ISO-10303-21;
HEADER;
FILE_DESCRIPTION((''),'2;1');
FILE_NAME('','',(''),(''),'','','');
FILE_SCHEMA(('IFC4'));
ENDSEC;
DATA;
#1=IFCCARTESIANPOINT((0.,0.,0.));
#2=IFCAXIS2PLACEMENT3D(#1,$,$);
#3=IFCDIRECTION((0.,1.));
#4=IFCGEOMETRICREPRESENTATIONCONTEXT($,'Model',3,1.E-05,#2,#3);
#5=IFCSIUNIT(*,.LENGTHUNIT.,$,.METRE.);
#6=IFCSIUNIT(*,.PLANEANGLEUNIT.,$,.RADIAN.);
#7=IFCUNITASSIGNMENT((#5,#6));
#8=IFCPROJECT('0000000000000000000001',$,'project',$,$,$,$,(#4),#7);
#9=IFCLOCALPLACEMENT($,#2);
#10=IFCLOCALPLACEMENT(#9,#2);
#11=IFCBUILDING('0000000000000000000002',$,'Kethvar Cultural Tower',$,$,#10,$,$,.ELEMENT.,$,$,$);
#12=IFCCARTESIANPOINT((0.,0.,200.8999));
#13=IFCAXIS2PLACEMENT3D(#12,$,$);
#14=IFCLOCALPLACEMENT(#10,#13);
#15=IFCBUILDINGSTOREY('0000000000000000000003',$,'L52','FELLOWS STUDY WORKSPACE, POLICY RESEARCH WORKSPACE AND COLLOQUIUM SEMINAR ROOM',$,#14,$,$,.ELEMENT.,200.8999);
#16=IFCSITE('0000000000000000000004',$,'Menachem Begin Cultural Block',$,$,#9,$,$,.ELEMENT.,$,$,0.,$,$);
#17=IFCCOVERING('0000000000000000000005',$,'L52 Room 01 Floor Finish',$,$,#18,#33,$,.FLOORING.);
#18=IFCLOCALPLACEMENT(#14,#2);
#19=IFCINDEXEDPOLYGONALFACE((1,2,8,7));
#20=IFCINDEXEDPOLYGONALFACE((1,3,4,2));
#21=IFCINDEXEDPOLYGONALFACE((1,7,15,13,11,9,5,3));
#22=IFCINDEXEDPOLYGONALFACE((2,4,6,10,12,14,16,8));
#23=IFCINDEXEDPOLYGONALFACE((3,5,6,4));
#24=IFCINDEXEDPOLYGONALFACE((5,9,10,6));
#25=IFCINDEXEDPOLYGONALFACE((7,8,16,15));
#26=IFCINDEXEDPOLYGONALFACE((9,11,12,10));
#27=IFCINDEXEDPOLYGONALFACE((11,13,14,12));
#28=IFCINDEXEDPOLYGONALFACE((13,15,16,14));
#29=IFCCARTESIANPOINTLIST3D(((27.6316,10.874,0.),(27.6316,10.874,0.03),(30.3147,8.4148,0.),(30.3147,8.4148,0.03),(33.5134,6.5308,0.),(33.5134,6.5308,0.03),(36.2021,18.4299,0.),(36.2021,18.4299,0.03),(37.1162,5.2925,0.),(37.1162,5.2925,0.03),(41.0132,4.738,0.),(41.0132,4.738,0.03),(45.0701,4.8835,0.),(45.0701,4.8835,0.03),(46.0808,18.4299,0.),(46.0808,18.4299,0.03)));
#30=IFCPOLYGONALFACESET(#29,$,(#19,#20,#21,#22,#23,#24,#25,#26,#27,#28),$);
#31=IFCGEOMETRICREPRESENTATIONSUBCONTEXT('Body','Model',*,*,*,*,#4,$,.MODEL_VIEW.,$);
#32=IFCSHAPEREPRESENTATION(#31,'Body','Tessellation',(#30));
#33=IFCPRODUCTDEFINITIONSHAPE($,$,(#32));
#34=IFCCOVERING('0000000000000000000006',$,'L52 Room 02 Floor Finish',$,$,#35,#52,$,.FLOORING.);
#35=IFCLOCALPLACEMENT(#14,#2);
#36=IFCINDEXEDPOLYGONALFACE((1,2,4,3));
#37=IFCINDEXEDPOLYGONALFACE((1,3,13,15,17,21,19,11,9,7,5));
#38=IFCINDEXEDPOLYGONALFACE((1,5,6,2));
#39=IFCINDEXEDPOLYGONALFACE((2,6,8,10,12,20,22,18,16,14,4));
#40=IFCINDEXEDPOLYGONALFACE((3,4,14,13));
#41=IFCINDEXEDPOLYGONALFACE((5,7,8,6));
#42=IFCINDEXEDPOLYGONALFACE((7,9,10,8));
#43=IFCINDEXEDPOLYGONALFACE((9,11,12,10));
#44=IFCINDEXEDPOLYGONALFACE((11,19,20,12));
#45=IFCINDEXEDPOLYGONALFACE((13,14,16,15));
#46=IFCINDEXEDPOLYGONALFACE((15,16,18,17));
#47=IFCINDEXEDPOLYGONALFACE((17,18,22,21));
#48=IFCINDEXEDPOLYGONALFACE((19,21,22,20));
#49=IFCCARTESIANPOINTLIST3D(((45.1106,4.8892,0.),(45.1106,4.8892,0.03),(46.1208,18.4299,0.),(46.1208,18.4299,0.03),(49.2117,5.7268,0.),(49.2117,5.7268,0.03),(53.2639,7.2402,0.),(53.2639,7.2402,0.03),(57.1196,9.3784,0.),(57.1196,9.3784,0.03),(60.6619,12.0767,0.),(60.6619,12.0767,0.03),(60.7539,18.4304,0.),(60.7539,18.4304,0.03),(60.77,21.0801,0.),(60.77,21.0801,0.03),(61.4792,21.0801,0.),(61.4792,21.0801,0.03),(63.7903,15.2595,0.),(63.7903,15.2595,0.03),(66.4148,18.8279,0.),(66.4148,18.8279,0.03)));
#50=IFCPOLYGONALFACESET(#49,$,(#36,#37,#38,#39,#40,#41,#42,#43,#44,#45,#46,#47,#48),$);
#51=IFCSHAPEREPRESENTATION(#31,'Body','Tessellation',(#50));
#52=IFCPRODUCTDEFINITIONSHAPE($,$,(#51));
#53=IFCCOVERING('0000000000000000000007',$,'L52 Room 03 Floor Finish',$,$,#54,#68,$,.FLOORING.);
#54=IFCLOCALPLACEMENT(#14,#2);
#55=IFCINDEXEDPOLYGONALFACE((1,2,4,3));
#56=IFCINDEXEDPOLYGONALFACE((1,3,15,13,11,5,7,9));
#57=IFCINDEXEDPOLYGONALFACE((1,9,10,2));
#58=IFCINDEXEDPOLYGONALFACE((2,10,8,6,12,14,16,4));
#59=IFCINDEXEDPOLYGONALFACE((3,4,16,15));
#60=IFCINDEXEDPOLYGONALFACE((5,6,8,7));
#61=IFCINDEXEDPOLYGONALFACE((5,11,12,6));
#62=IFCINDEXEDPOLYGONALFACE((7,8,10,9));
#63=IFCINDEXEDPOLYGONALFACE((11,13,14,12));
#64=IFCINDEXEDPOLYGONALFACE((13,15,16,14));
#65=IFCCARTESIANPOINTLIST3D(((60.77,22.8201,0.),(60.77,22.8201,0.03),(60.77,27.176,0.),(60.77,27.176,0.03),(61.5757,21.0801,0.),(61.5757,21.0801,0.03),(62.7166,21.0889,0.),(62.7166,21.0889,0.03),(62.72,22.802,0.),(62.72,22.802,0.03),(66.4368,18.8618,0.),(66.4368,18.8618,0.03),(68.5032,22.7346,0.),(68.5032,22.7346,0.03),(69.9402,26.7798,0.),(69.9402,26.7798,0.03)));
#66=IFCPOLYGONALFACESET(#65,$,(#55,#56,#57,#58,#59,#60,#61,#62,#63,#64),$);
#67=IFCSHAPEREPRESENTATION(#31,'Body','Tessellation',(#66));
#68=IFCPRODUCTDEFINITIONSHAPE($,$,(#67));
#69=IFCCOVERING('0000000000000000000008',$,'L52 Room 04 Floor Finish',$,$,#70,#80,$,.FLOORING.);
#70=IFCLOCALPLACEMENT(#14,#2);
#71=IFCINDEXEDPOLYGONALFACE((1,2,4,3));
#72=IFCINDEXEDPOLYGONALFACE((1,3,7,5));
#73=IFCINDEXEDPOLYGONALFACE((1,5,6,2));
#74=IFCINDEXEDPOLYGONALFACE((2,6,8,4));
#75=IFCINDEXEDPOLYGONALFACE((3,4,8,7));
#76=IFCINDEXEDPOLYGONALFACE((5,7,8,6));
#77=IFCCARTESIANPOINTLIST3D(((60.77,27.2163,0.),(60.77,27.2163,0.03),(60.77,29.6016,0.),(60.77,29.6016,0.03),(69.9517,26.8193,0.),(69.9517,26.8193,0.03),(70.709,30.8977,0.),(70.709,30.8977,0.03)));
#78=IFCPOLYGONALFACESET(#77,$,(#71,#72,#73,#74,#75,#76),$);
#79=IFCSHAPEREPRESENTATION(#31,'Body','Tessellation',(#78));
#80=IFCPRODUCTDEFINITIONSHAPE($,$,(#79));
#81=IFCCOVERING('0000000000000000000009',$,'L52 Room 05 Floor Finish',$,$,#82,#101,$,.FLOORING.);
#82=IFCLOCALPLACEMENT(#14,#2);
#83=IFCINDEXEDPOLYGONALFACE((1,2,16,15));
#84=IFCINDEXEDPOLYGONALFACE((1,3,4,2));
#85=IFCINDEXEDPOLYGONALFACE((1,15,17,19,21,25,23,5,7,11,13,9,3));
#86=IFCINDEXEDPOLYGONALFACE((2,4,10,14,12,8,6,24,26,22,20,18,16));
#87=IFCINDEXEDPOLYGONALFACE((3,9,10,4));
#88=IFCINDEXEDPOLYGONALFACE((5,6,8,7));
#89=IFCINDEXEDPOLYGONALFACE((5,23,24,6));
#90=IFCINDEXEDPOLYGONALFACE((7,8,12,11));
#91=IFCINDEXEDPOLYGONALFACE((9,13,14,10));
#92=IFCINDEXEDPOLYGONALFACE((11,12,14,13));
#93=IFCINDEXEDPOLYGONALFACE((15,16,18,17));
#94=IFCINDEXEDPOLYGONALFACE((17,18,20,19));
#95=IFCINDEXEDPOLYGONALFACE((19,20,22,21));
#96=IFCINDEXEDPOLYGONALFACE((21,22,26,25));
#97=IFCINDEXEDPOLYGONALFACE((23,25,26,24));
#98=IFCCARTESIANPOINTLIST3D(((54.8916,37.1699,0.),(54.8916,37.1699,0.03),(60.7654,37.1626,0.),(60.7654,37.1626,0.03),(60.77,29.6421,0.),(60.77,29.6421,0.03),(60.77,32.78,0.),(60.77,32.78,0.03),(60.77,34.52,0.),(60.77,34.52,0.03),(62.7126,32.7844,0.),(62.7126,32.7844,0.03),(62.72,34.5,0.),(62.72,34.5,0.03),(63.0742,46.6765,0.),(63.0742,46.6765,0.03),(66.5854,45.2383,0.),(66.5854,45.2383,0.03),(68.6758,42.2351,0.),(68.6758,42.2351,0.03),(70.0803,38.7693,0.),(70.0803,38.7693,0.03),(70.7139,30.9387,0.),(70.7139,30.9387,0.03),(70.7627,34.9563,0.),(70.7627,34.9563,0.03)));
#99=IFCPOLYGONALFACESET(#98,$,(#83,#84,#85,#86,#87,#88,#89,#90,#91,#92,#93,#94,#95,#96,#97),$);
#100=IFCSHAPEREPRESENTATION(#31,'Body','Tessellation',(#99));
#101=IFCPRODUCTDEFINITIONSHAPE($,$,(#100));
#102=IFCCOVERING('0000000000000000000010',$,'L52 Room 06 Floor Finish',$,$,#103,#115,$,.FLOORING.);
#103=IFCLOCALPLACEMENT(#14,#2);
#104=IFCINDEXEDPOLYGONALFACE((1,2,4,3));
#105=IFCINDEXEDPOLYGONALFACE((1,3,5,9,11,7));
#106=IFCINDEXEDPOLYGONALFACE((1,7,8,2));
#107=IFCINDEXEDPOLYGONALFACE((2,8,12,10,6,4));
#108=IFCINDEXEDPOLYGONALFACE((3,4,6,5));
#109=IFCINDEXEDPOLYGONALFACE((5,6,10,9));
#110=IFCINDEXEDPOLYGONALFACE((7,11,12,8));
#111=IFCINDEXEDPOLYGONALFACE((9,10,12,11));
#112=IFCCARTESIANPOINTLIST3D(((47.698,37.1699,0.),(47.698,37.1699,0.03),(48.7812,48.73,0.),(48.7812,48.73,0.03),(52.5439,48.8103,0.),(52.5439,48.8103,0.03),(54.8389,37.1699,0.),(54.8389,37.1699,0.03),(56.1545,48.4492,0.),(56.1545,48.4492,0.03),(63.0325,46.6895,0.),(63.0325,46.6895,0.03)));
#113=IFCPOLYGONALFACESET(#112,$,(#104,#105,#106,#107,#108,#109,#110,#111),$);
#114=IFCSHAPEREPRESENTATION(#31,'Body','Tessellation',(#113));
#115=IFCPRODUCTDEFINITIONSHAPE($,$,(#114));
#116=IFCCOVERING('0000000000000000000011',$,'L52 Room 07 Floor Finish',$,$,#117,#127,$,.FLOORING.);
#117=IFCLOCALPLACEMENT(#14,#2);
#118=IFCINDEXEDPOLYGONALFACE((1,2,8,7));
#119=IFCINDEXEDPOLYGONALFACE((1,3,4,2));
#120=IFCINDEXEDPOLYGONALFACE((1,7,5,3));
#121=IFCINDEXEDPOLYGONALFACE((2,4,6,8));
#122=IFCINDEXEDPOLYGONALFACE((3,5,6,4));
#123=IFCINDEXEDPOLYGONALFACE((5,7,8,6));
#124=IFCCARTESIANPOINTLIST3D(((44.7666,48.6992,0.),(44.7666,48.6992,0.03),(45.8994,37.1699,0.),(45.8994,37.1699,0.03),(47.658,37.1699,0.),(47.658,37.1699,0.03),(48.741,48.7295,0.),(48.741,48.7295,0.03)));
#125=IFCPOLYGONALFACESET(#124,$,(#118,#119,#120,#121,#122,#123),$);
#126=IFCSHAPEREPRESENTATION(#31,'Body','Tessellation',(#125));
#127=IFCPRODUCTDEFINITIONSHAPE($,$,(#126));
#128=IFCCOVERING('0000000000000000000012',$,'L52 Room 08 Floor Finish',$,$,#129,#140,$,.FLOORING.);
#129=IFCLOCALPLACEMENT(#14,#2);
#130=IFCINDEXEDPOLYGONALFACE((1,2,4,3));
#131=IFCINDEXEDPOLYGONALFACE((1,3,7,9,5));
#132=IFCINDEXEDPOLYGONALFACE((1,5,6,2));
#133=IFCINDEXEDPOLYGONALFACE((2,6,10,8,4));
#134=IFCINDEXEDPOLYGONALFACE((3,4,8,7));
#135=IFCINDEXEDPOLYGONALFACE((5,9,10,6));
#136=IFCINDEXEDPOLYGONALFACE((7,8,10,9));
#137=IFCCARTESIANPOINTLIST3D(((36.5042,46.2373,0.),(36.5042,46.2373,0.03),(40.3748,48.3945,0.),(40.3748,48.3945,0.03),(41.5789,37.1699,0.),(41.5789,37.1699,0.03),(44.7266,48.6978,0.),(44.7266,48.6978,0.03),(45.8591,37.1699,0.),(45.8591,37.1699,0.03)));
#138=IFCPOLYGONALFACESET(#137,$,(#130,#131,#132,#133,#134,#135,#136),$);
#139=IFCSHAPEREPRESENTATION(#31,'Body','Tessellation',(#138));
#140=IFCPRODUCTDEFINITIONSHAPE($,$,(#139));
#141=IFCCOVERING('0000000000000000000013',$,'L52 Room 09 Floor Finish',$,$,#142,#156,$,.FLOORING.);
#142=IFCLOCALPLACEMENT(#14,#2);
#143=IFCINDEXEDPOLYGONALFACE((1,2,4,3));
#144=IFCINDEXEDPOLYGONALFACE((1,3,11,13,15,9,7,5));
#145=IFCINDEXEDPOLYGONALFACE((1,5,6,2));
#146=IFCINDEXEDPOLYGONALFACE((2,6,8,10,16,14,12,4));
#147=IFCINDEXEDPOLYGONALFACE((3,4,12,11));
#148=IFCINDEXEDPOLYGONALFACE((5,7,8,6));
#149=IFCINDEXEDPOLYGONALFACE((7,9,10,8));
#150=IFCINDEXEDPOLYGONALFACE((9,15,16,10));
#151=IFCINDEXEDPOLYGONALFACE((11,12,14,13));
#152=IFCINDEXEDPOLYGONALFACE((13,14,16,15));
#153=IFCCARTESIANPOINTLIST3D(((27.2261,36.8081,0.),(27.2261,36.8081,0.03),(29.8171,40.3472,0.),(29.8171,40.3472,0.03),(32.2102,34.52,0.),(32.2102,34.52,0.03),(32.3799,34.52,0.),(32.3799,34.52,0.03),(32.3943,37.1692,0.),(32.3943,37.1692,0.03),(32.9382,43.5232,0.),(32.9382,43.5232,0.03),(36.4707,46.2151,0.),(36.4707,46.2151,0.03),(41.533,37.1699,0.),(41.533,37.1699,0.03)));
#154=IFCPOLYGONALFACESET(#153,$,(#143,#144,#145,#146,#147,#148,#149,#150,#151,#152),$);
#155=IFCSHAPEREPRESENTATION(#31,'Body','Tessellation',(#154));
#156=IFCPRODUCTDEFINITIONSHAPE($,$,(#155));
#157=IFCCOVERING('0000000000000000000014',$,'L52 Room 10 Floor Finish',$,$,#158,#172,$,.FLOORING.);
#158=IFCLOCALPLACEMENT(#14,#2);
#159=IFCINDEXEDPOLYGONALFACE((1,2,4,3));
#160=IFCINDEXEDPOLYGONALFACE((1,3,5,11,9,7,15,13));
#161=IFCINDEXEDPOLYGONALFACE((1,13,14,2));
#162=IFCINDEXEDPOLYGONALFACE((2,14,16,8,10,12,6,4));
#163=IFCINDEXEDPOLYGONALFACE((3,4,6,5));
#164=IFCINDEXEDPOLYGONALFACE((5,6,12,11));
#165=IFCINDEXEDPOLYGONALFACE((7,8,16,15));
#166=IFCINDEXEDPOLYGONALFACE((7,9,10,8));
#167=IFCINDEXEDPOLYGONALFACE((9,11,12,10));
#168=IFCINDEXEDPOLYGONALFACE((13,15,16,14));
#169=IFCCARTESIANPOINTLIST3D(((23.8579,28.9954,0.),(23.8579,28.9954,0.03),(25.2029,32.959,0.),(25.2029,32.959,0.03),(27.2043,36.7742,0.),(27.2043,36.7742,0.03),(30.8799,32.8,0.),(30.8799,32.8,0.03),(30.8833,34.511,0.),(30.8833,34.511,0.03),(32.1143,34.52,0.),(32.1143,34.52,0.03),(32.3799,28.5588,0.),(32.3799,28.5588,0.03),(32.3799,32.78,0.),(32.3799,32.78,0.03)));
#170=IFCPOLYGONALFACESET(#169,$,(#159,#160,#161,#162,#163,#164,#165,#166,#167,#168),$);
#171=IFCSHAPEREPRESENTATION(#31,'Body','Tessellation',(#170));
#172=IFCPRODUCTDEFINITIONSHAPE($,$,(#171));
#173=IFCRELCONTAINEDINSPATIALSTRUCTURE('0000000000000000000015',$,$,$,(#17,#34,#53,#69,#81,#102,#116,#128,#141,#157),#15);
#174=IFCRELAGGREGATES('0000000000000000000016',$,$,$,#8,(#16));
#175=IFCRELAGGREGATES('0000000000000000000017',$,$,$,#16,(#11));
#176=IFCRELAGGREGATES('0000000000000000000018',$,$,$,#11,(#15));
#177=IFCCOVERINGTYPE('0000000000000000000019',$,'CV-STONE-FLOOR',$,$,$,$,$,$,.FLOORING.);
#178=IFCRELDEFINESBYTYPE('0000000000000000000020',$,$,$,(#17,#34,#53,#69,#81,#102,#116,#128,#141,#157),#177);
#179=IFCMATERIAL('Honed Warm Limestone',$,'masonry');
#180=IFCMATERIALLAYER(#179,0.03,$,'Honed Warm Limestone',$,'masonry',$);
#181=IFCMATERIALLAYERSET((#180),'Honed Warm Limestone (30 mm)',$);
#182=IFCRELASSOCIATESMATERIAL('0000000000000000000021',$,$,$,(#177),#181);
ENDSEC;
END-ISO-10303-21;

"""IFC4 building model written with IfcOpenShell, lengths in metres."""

from ifc_helpers import new_model, si_unit, direction, frame, origin, place, context, subcontext, project, spatial, polyline, outline, extrude, material, layer, layer_set, type_object, element, save


model = new_model("IFC4")

# Units and contexts
model_context = context("Model", 3, precision=1e-05, world=origin(), true_north=direction((0.0, 1.0)))
body_context = subcontext(model_context, "Body", "Model", "MODEL_VIEW")
ifc_project = project(units=[si_unit("LENGTHUNIT", "METRE"), si_unit("PLANEANGLEUNIT", "RADIAN")], contexts=[model_context])

# Site, building, storey
site_placement = place(None, origin())
site = spatial("IfcSite", under=ifc_project, at=site_placement, Name="Menachem Begin Cultural Block", CompositionType="ELEMENT", RefElevation=0.0)
building_placement = place(site_placement, origin())
building = spatial("IfcBuilding", under=site, at=building_placement, Name="Kethvar Cultural Tower", CompositionType="ELEMENT")
storey_placement = place(building_placement, frame((0.0, 0.0, 200.8999)))
storey = spatial("IfcBuildingStorey", under=building, at=storey_placement, Name="L52", Description="FELLOWS STUDY WORKSPACE, POLICY RESEARCH WORKSPACE AND COLLOQUIUM SEMINAR ROOM", CompositionType="ELEMENT", Elevation=200.8999)

# Coverings
ifc_material_1 = material(Name="Honed Warm Limestone", Category="masonry")
ifc_layer_1 = layer(ifc_material_1, 0.03, Name="Honed Warm Limestone", Category="masonry")
ifc_layer_set_1 = layer_set([ifc_layer_1], Name="Honed Warm Limestone (30 mm)")
covering_type_1 = type_object("IfcCoveringType", Name="CV-STONE-FLOOR", PredefinedType="FLOORING", material=ifc_layer_set_1)
covering_1_placement = place(storey_placement, origin())
element("IfcCovering", 1, at=covering_1_placement, inside=storey, type_object=covering_type_1, Name="L52 Room 01 Floor Finish", PredefinedType="FLOORING", context=body_context, shape_type="SweptSolid", body=[
    extrude(outline(polyline([(41.0132, 4.738), (37.1162, 5.2925), (33.5134, 6.5308), (30.3147, 8.4148), (27.6316, 10.874), (36.2021, 18.4299), (46.0808, 18.4299), (45.0701, 4.8835), (41.0132, 4.738)])), origin(), (0.0, 0.0, 1.0), 0.03),
])
covering_2_placement = place(storey_placement, origin())
element("IfcCovering", 2, at=covering_2_placement, inside=storey, type_object=covering_type_1, Name="L52 Room 02 Floor Finish", PredefinedType="FLOORING", context=body_context, shape_type="SweptSolid", body=[
    extrude(outline(polyline([(63.7903, 15.2595), (60.6619, 12.0767), (57.1196, 9.3784), (53.2639, 7.2402), (49.2117, 5.7268), (45.1106, 4.8892), (46.1208, 18.4299), (60.7539, 18.4304), (60.77, 21.0801), (61.4792, 21.0801), (66.4148, 18.8279), (63.7903, 15.2595)])), origin(), (0.0, 0.0, 1.0), 0.03),
])
covering_3_placement = place(storey_placement, origin())
element("IfcCovering", 3, at=covering_3_placement, inside=storey, type_object=covering_type_1, Name="L52 Room 03 Floor Finish", PredefinedType="FLOORING", context=body_context, shape_type="SweptSolid", body=[
    extrude(outline(polyline([(68.5032, 22.7346), (66.4368, 18.8618), (61.5757, 21.0801), (62.7166, 21.0889), (62.72, 22.802), (60.77, 22.8201), (60.77, 27.176), (69.9402, 26.7798), (68.5032, 22.7346)])), origin(), (0.0, 0.0, 1.0), 0.03),
])
covering_4_placement = place(storey_placement, origin())
element("IfcCovering", 4, at=covering_4_placement, inside=storey, type_object=covering_type_1, Name="L52 Room 04 Floor Finish", PredefinedType="FLOORING", context=body_context, shape_type="SweptSolid", body=[
    extrude(outline(polyline([(69.9517, 26.8193), (60.77, 27.2163), (60.77, 29.6016), (70.709, 30.8977), (69.9517, 26.8193)])), origin(), (0.0, 0.0, 1.0), 0.03),
])
covering_5_placement = place(storey_placement, origin())
element("IfcCovering", 5, at=covering_5_placement, inside=storey, type_object=covering_type_1, Name="L52 Room 05 Floor Finish", PredefinedType="FLOORING", context=body_context, shape_type="SweptSolid", body=[
    extrude(outline(polyline([(70.0803, 38.7693), (70.7627, 34.9563), (70.7139, 30.9387), (60.77, 29.6421), (60.77, 32.78), (62.7126, 32.7844), (62.72, 34.5), (60.77, 34.52), (60.7654, 37.1626), (54.8916, 37.1699), (63.0742, 46.6765), (66.5854, 45.2383), (68.6758, 42.2351), (70.0803, 38.7693)])), origin(), (0.0, 0.0, 1.0), 0.03),
])
covering_6_placement = place(storey_placement, origin())
element("IfcCovering", 6, at=covering_6_placement, inside=storey, type_object=covering_type_1, Name="L52 Room 06 Floor Finish", PredefinedType="FLOORING", context=body_context, shape_type="SweptSolid", body=[
    extrude(outline(polyline([(52.5439, 48.8103), (56.1545, 48.4492), (63.0325, 46.6895), (54.8389, 37.1699), (47.698, 37.1699), (48.7812, 48.73), (52.5439, 48.8103)])), origin(), (0.0, 0.0, 1.0), 0.03),
])
covering_7_placement = place(storey_placement, origin())
element("IfcCovering", 7, at=covering_7_placement, inside=storey, type_object=covering_type_1, Name="L52 Room 07 Floor Finish", PredefinedType="FLOORING", context=body_context, shape_type="SweptSolid", body=[
    extrude(outline(polyline([(48.741, 48.7295), (47.658, 37.1699), (45.8994, 37.1699), (44.7666, 48.6992), (48.741, 48.7295)])), origin(), (0.0, 0.0, 1.0), 0.03),
])
covering_8_placement = place(storey_placement, origin())
element("IfcCovering", 8, at=covering_8_placement, inside=storey, type_object=covering_type_1, Name="L52 Room 08 Floor Finish", PredefinedType="FLOORING", context=body_context, shape_type="SweptSolid", body=[
    extrude(outline(polyline([(40.3748, 48.3945), (44.7266, 48.6978), (45.8591, 37.1699), (41.5789, 37.1699), (36.5042, 46.2373), (40.3748, 48.3945)])), origin(), (0.0, 0.0, 1.0), 0.03),
])
covering_9_placement = place(storey_placement, origin())
element("IfcCovering", 9, at=covering_9_placement, inside=storey, type_object=covering_type_1, Name="L52 Room 09 Floor Finish", PredefinedType="FLOORING", context=body_context, shape_type="SweptSolid", body=[
    extrude(outline(polyline([(29.8171, 40.3472), (32.9382, 43.5232), (36.4707, 46.2151), (41.533, 37.1699), (32.3943, 37.1692), (32.3799, 34.52), (32.2102, 34.52), (27.2261, 36.8081), (29.8171, 40.3472)])), origin(), (0.0, 0.0, 1.0), 0.03),
])
covering_10_placement = place(storey_placement, origin())
element("IfcCovering", 10, at=covering_10_placement, inside=storey, type_object=covering_type_1, Name="L52 Room 10 Floor Finish", PredefinedType="FLOORING", context=body_context, shape_type="SweptSolid", body=[
    extrude(outline(polyline([(25.2029, 32.959), (27.2043, 36.7742), (32.1143, 34.52), (30.8833, 34.511), (30.8799, 32.8), (32.3799, 32.78), (32.3799, 28.5588), (23.8579, 28.9954), (25.2029, 32.959)])), origin(), (0.0, 0.0, 1.0), 0.03),
])

save(model, "model.ifc")
